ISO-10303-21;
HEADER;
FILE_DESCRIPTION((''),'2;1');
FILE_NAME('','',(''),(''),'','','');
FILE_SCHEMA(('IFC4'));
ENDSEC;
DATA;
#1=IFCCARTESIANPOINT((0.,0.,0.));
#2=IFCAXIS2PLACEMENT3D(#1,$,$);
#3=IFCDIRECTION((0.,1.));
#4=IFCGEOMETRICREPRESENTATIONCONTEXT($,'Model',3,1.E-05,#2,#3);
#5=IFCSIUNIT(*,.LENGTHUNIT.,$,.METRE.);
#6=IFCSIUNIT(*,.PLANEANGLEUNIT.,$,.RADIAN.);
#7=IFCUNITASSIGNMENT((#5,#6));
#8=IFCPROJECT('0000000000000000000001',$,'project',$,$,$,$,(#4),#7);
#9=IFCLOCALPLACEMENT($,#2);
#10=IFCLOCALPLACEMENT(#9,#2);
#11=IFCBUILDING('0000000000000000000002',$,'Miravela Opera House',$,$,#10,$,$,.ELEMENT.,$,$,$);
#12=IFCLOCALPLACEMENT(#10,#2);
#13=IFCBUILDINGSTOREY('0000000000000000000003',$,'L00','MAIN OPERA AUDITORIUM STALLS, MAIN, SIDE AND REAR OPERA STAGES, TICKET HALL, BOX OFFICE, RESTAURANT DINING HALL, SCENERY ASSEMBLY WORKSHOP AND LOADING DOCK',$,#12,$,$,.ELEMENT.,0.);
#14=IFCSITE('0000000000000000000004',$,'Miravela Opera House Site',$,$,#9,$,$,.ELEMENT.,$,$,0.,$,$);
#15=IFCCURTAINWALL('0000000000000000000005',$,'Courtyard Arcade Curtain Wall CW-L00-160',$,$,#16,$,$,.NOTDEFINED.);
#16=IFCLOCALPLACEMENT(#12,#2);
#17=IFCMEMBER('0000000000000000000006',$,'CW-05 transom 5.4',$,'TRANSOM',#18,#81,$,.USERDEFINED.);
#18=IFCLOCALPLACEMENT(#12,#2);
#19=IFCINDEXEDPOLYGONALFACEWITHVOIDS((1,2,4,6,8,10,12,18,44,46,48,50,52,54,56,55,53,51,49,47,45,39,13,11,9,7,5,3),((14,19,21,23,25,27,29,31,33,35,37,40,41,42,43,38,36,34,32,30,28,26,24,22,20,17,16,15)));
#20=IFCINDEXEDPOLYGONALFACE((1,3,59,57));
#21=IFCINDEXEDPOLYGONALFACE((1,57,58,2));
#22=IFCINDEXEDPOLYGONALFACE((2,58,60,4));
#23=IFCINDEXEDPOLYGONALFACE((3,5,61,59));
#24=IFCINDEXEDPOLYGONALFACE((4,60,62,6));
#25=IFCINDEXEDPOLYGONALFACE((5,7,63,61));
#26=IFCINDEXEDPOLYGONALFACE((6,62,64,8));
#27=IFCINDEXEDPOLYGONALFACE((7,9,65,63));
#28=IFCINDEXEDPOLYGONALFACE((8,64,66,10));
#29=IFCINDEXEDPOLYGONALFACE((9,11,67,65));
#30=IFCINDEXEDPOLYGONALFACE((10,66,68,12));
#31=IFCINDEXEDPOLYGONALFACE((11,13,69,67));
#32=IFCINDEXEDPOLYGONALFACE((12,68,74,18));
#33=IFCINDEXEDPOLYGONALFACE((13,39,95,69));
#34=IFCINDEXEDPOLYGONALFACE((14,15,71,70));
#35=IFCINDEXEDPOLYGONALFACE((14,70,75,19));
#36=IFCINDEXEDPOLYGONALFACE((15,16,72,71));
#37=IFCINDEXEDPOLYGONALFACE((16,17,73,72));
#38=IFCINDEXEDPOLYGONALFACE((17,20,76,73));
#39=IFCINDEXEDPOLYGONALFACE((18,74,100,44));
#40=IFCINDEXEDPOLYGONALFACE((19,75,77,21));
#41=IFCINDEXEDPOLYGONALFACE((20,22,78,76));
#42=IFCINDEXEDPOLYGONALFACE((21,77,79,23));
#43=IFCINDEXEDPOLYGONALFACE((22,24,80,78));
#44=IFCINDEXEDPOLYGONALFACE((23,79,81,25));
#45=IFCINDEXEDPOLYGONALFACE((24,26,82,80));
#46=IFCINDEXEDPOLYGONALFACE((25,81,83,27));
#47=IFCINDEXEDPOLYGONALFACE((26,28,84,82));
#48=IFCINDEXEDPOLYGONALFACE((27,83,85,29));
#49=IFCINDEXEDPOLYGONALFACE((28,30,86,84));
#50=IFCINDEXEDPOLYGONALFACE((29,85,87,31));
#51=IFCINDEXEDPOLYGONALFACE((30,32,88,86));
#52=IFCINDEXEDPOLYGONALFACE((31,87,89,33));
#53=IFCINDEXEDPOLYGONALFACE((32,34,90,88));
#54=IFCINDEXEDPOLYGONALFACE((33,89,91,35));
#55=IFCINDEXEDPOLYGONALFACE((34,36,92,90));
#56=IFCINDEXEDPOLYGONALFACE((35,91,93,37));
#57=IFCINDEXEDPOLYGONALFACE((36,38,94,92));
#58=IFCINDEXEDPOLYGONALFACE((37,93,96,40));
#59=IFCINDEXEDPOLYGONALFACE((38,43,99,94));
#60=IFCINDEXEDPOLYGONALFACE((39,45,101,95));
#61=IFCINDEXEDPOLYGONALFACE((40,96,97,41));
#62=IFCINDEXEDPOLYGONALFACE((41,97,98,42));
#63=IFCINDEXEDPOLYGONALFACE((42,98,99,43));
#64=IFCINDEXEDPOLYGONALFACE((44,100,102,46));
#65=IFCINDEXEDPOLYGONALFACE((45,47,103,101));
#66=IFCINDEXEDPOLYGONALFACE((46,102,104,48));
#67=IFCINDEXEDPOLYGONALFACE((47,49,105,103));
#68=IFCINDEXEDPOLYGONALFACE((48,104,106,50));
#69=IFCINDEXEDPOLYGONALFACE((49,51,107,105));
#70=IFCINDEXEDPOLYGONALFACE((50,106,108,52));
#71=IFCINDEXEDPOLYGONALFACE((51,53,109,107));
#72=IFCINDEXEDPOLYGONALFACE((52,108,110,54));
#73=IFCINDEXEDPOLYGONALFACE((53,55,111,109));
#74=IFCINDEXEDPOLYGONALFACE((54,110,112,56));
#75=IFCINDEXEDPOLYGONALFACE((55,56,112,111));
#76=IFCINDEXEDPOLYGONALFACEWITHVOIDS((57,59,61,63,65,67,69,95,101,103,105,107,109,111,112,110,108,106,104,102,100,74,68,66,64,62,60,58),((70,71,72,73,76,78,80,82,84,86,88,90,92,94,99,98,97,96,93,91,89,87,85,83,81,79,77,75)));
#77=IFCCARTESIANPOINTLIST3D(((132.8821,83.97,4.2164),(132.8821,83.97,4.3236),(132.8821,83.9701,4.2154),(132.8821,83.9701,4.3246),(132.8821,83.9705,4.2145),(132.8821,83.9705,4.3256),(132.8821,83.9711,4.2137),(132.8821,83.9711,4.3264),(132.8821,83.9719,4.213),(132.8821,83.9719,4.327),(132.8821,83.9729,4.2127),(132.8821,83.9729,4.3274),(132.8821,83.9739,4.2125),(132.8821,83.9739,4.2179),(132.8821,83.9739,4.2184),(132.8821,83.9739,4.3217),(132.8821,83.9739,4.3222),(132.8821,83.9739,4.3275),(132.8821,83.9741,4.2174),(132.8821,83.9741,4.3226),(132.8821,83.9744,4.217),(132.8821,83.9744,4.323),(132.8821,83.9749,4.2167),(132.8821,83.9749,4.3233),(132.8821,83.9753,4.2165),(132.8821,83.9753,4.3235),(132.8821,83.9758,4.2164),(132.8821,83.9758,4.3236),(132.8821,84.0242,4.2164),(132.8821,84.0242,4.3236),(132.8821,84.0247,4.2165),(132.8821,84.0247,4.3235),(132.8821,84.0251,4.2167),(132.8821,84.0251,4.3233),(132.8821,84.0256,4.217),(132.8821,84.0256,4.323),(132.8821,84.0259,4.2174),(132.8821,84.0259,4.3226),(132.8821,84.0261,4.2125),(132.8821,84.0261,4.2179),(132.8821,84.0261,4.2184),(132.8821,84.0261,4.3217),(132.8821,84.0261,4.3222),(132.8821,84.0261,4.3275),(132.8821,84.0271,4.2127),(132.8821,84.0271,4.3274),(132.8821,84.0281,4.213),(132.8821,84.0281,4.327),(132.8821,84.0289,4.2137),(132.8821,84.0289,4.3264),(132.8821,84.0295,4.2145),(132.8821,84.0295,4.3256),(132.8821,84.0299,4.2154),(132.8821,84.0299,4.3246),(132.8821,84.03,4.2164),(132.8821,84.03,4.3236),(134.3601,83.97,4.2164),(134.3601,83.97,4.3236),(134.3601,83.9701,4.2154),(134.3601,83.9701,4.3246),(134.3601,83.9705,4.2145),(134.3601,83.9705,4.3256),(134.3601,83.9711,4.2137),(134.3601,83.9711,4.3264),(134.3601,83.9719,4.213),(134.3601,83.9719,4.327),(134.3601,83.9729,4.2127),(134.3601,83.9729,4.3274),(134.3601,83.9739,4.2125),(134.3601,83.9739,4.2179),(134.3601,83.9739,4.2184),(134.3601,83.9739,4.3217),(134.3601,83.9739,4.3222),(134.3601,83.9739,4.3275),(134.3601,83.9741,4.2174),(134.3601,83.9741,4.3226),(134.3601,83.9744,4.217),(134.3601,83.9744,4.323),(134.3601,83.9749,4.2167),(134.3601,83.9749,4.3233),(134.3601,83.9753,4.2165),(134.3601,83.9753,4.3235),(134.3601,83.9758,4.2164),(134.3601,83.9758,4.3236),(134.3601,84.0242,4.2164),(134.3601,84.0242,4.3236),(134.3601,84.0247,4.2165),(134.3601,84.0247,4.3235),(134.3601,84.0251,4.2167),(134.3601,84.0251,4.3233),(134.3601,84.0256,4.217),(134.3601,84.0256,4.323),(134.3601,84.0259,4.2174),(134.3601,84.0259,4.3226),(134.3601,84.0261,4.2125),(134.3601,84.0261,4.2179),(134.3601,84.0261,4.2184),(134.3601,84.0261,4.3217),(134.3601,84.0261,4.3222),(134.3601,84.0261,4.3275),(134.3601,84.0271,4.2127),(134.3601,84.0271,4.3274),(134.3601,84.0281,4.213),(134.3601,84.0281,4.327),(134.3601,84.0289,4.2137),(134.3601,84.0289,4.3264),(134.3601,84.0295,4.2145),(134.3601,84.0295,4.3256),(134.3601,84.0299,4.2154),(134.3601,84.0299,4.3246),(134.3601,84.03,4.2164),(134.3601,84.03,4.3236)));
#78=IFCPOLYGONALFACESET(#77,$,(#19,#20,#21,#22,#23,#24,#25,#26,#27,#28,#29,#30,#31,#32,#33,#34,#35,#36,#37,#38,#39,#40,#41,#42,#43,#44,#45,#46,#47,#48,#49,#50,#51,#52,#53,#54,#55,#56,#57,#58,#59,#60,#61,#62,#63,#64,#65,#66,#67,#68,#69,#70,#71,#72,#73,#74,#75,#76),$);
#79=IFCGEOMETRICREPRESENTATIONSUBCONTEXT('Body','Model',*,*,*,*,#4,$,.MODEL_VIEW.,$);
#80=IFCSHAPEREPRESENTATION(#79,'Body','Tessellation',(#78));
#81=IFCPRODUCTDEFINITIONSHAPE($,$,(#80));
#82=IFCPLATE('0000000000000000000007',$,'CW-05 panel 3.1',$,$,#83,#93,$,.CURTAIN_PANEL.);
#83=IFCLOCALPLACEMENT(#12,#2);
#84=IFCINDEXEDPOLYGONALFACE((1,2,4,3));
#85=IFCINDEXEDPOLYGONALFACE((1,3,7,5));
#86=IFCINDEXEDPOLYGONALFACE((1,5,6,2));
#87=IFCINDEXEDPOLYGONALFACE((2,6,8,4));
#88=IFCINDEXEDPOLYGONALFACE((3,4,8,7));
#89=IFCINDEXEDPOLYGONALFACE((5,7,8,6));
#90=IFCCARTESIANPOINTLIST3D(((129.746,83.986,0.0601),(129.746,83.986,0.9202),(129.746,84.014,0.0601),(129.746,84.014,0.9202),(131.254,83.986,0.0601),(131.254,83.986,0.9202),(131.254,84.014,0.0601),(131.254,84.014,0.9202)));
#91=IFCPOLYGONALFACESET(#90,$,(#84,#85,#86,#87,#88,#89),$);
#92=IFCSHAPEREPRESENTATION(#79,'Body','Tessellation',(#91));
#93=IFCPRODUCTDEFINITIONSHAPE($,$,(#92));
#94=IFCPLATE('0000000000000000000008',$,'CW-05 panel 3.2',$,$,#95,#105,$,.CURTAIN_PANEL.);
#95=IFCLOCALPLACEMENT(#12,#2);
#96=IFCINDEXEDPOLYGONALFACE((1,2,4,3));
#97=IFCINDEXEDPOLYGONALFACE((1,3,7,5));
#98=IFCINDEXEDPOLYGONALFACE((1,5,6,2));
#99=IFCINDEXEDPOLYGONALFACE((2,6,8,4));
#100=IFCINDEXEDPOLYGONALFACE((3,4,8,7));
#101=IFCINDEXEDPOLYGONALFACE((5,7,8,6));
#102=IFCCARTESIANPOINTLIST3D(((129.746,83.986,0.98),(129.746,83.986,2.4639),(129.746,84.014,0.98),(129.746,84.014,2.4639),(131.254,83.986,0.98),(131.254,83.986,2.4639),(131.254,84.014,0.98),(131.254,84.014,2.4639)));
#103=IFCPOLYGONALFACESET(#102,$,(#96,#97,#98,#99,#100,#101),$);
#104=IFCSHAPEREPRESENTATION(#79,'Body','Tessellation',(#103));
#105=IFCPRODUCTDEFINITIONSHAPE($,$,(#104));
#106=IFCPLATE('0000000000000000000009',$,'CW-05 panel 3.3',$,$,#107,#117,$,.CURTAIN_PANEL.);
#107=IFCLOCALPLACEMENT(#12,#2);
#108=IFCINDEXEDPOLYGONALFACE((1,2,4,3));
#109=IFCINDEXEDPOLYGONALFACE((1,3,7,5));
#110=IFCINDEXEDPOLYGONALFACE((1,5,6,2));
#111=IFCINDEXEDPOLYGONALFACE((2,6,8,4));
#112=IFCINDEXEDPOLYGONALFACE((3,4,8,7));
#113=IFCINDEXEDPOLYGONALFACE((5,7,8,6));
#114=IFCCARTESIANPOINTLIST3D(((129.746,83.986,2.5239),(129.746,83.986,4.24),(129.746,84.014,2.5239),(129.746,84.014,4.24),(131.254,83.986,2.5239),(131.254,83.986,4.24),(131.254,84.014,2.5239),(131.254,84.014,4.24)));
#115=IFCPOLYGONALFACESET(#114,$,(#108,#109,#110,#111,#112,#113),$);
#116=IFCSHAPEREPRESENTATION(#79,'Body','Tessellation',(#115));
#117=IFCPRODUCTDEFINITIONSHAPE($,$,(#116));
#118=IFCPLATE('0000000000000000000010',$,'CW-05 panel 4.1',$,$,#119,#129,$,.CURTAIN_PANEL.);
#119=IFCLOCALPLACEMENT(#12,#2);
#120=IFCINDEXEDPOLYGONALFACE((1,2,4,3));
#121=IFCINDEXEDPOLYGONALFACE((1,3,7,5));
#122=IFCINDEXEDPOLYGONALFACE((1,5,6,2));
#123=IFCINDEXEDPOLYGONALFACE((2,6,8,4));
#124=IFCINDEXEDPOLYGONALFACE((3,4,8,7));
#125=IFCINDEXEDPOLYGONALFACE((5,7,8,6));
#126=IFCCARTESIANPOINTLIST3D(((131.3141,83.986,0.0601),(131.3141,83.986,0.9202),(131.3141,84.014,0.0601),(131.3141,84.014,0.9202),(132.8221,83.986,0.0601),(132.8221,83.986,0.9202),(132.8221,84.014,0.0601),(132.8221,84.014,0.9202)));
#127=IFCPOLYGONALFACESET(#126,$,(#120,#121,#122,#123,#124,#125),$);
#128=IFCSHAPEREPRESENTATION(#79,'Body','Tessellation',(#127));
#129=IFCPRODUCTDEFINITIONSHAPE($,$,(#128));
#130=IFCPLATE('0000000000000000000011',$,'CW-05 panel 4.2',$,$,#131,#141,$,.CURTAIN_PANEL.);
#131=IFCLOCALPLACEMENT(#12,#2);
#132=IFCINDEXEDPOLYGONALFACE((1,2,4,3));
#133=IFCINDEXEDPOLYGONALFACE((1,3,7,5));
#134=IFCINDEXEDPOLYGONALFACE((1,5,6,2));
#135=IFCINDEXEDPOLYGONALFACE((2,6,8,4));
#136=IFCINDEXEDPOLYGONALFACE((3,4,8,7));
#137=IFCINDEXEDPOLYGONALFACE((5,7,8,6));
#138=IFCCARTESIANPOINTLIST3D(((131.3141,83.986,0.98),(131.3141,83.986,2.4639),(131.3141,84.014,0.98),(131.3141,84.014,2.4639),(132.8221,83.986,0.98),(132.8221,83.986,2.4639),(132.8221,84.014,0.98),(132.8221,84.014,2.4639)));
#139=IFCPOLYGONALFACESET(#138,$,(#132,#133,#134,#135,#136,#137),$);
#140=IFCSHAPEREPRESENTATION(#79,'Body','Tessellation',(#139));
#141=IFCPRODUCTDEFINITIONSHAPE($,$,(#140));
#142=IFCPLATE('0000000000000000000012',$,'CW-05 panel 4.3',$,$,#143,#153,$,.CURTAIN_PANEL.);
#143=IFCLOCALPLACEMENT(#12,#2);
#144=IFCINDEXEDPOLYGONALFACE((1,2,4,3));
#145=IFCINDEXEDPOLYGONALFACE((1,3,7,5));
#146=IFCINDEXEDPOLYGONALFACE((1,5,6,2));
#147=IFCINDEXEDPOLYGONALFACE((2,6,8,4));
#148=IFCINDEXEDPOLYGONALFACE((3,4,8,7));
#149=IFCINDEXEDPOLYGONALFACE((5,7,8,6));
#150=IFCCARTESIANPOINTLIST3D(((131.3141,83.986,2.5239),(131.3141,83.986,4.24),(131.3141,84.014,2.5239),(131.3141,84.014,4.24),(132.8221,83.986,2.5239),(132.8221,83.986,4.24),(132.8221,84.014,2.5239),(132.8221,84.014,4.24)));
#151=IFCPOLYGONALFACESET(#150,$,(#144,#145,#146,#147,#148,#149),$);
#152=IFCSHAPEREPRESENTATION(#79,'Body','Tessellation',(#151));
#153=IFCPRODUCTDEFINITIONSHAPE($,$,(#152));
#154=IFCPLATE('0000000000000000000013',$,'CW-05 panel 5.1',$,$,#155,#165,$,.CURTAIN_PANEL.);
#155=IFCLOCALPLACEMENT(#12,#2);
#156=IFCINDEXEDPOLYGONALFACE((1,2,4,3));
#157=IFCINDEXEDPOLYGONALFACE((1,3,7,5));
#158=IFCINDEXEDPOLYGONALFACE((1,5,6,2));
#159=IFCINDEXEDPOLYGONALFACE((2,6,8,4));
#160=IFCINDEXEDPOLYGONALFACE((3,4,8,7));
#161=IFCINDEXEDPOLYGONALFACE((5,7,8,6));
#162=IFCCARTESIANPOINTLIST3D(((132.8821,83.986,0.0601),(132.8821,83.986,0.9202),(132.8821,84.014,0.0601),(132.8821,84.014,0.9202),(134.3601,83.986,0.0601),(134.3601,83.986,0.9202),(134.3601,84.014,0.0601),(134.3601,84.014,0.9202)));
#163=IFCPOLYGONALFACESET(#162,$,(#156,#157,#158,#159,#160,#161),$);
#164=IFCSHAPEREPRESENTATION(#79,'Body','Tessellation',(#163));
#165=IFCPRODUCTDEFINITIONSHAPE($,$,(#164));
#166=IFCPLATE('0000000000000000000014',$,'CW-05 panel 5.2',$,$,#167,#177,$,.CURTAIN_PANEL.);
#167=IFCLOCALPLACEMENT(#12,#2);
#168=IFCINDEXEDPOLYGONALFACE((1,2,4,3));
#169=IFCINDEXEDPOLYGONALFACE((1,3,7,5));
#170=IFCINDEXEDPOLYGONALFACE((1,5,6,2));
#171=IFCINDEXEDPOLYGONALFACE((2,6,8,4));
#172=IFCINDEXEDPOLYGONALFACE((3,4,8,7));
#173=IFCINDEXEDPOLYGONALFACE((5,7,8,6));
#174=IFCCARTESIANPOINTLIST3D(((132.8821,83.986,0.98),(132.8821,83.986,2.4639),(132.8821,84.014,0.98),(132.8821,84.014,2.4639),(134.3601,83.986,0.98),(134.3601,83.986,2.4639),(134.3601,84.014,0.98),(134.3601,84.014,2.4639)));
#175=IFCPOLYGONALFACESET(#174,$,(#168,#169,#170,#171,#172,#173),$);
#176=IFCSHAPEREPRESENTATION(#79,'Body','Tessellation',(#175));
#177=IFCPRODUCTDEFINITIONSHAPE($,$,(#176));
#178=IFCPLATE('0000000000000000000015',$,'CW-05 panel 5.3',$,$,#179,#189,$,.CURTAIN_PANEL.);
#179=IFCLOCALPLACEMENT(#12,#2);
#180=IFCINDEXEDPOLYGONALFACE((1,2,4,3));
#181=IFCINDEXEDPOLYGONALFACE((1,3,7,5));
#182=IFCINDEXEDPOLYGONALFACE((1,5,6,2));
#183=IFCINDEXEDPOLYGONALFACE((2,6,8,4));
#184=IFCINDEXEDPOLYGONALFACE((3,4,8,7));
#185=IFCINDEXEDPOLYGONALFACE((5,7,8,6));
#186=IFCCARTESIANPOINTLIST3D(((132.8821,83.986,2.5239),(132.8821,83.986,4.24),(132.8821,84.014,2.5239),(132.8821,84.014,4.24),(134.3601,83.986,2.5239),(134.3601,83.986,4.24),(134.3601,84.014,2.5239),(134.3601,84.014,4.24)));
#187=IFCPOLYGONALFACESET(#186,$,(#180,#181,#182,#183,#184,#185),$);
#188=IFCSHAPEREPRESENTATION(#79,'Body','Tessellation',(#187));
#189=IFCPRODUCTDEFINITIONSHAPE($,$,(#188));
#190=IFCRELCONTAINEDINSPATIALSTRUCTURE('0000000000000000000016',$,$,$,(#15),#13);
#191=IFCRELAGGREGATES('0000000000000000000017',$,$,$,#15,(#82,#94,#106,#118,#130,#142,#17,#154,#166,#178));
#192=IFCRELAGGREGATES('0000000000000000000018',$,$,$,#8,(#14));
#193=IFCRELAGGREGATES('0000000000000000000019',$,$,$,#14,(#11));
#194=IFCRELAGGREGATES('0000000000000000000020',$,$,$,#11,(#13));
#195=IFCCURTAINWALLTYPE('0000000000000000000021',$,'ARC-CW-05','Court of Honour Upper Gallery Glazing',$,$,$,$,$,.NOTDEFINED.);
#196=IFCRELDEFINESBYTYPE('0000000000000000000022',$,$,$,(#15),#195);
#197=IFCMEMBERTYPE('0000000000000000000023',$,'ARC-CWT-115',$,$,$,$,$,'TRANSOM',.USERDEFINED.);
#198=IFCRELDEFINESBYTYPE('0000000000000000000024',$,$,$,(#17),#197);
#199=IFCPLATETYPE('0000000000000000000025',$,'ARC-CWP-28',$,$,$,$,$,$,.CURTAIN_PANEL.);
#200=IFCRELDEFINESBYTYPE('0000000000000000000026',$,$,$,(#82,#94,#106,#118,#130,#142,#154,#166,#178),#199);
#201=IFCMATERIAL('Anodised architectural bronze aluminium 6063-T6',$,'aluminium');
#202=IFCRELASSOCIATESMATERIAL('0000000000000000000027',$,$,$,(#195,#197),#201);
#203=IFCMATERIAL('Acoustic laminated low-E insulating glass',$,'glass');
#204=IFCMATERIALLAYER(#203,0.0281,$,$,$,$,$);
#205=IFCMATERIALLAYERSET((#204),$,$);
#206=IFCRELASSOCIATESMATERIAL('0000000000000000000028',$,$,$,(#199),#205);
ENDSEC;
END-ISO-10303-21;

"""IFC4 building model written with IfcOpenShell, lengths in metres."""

from ifc_helpers import new_model, si_unit, direction, frame, origin, origin_2d, place, context, subcontext, project, spatial, rectangle, hollow_rectangle, extrude, material, layer, layer_set, material_profile, profile_set, type_object, element, aggregate, save


model = new_model("IFC4")

# Units and contexts
model_context = context("Model", 3, precision=1e-05, world=origin(), true_north=direction((0.0, 1.0)))
body_context = subcontext(model_context, "Body", "Model", "MODEL_VIEW")
ifc_project = project(units=[si_unit("LENGTHUNIT", "METRE"), si_unit("PLANEANGLEUNIT", "RADIAN")], contexts=[model_context])

# Site, building, storey
site_placement = place(None, origin())
site = spatial("IfcSite", under=ifc_project, at=site_placement, Name="Miravela Opera House Site", CompositionType="ELEMENT", RefElevation=0.0)
building_placement = place(site_placement, origin())
building = spatial("IfcBuilding", under=site, at=building_placement, Name="Miravela Opera House", CompositionType="ELEMENT")
storey_placement = place(building_placement, origin())
storey = spatial("IfcBuildingStorey", under=building, at=storey_placement, Name="L00", Description="MAIN OPERA AUDITORIUM STALLS, MAIN, SIDE AND REAR OPERA STAGES, TICKET HALL, BOX OFFICE, RESTAURANT DINING HALL, SCENERY ASSEMBLY WORKSHOP AND LOADING DOCK", CompositionType="ELEMENT", Elevation=0.0)

# Curtain wall, member, plates
ifc_material_1 = material(Name="Anodised architectural bronze aluminium 6063-T6", Category="aluminium")
curtain_wall_type = type_object("IfcCurtainWallType", Name="ARC-CW-05", Description="Court of Honour Upper Gallery Glazing", PredefinedType="NOTDEFINED", material=ifc_material_1)
curtain_wall_placement = place(storey_placement, origin())
curtain_wall = element("IfcCurtainWall", 1, at=curtain_wall_placement, inside=storey, type_object=curtain_wall_type, Name="Courtyard Arcade Curtain Wall CW-L00-160", PredefinedType="NOTDEFINED")
ifc_material_profile_1 = material_profile(ifc_material_1, hollow_rectangle(XDim=0.0601, YDim=0.115, WallThickness=0.0039, InnerFilletRadius=0.002, OuterFilletRadius=0.0039, at=origin_2d()), Name="CWT-60X115")
ifc_profile_set_1 = profile_set([ifc_material_profile_1])
member_type_1 = type_object("IfcMemberType", Name="ARC-CWT-115", ElementType="TRANSOM", PredefinedType="USERDEFINED", material=ifc_profile_set_1)
member_1_placement = place(storey_placement, frame((132.8821, 84.0, 4.27), z_axis=(1.0, 0.0, 0.0), x_axis=(0.0, 1.0, 0.0)))
member_1 = element("IfcMember", 2, at=member_1_placement, type_object=member_type_1, Name="CW-05 transom 5.4", ObjectType="TRANSOM", PredefinedType="USERDEFINED", context=body_context, shape_type="SweptSolid", body=[
    extrude(hollow_rectangle(XDim=0.0601, YDim=0.115, WallThickness=0.0039, InnerFilletRadius=0.002, OuterFilletRadius=0.0039, at=origin_2d()), origin(), (0.0, 0.0, 1.0), 1.478),
])
ifc_material_2 = material(Name="Acoustic laminated low-E insulating glass", Category="glass")
ifc_layer = layer(ifc_material_2, 0.0281)
ifc_layer_set = layer_set([ifc_layer])
plate_type = type_object("IfcPlateType", Name="ARC-CWP-28", PredefinedType="CURTAIN_PANEL", material=ifc_layer_set)
plate_1_placement = place(storey_placement, frame((130.5, 84.0, 0.0601), z_axis=(0.0, 0.0, 1.0), x_axis=(1.0, 0.0, 0.0)))
plate_1 = element("IfcPlate", 3, at=plate_1_placement, type_object=plate_type, Name="CW-05 panel 3.1", PredefinedType="CURTAIN_PANEL", context=body_context, shape_type="SweptSolid", body=[
    extrude(rectangle(XDim=1.5081, YDim=0.0281, at=origin_2d()), origin(), (0.0, 0.0, 1.0), 0.8601),
])
plate_2_placement = place(storey_placement, frame((130.5, 84.0, 0.98), z_axis=(0.0, 0.0, 1.0), x_axis=(1.0, 0.0, 0.0)))
plate_2 = element("IfcPlate", 4, at=plate_2_placement, type_object=plate_type, Name="CW-05 panel 3.2", PredefinedType="CURTAIN_PANEL", context=body_context, shape_type="SweptSolid", body=[
    extrude(rectangle(XDim=1.5081, YDim=0.0281, at=origin_2d()), origin(), (0.0, 0.0, 1.0), 1.4839),
])
plate_3_placement = place(storey_placement, frame((130.5, 84.0, 2.5239), z_axis=(0.0, 0.0, 1.0), x_axis=(1.0, 0.0, 0.0)))
plate_3 = element("IfcPlate", 5, at=plate_3_placement, type_object=plate_type, Name="CW-05 panel 3.3", PredefinedType="CURTAIN_PANEL", context=body_context, shape_type="SweptSolid", body=[
    extrude(rectangle(XDim=1.5081, YDim=0.0281, at=origin_2d()), origin(), (0.0, 0.0, 1.0), 1.7161),
])
plate_4_placement = place(storey_placement, frame((132.0681, 84.0, 0.0601), z_axis=(0.0, 0.0, 1.0), x_axis=(1.0, 0.0, 0.0)))
plate_4 = element("IfcPlate", 6, at=plate_4_placement, type_object=plate_type, Name="CW-05 panel 4.1", PredefinedType="CURTAIN_PANEL", context=body_context, shape_type="SweptSolid", body=[
    extrude(rectangle(XDim=1.5081, YDim=0.0281, at=origin_2d()), origin(), (0.0, 0.0, 1.0), 0.8601),
])
plate_5_placement = place(storey_placement, frame((132.0681, 84.0, 0.98), z_axis=(0.0, 0.0, 1.0), x_axis=(1.0, 0.0, 0.0)))
plate_5 = element("IfcPlate", 7, at=plate_5_placement, type_object=plate_type, Name="CW-05 panel 4.2", PredefinedType="CURTAIN_PANEL", context=body_context, shape_type="SweptSolid", body=[
    extrude(rectangle(XDim=1.5081, YDim=0.0281, at=origin_2d()), origin(), (0.0, 0.0, 1.0), 1.4839),
])
plate_6_placement = place(storey_placement, frame((132.0681, 84.0, 2.5239), z_axis=(0.0, 0.0, 1.0), x_axis=(1.0, 0.0, 0.0)))
plate_6 = element("IfcPlate", 8, at=plate_6_placement, type_object=plate_type, Name="CW-05 panel 4.3", PredefinedType="CURTAIN_PANEL", context=body_context, shape_type="SweptSolid", body=[
    extrude(rectangle(XDim=1.5081, YDim=0.0281, at=origin_2d()), origin(), (0.0, 0.0, 1.0), 1.7161),
])
plate_7_placement = place(storey_placement, frame((133.6211, 84.0, 0.0601), z_axis=(0.0, 0.0, 1.0), x_axis=(1.0, 0.0, 0.0)))
plate_7 = element("IfcPlate", 9, at=plate_7_placement, type_object=plate_type, Name="CW-05 panel 5.1", PredefinedType="CURTAIN_PANEL", context=body_context, shape_type="SweptSolid", body=[
    extrude(rectangle(XDim=1.478, YDim=0.0281, at=origin_2d()), origin(), (0.0, 0.0, 1.0), 0.8601),
])
plate_8_placement = place(storey_placement, frame((133.6211, 84.0, 0.98), z_axis=(0.0, 0.0, 1.0), x_axis=(1.0, 0.0, 0.0)))
plate_8 = element("IfcPlate", 10, at=plate_8_placement, type_object=plate_type, Name="CW-05 panel 5.2", PredefinedType="CURTAIN_PANEL", context=body_context, shape_type="SweptSolid", body=[
    extrude(rectangle(XDim=1.478, YDim=0.0281, at=origin_2d()), origin(), (0.0, 0.0, 1.0), 1.4839),
])
plate_9_placement = place(storey_placement, frame((133.6211, 84.0, 2.5239), z_axis=(0.0, 0.0, 1.0), x_axis=(1.0, 0.0, 0.0)))
plate_9 = element("IfcPlate", 11, at=plate_9_placement, type_object=plate_type, Name="CW-05 panel 5.3", PredefinedType="CURTAIN_PANEL", context=body_context, shape_type="SweptSolid", body=[
    extrude(rectangle(XDim=1.478, YDim=0.0281, at=origin_2d()), origin(), (0.0, 0.0, 1.0), 1.7161),
])
aggregate(curtain_wall, [plate_1, plate_2, plate_3, plate_4, plate_5, plate_6, member_1, plate_7, plate_8, plate_9])

save(model, "model.ifc")
